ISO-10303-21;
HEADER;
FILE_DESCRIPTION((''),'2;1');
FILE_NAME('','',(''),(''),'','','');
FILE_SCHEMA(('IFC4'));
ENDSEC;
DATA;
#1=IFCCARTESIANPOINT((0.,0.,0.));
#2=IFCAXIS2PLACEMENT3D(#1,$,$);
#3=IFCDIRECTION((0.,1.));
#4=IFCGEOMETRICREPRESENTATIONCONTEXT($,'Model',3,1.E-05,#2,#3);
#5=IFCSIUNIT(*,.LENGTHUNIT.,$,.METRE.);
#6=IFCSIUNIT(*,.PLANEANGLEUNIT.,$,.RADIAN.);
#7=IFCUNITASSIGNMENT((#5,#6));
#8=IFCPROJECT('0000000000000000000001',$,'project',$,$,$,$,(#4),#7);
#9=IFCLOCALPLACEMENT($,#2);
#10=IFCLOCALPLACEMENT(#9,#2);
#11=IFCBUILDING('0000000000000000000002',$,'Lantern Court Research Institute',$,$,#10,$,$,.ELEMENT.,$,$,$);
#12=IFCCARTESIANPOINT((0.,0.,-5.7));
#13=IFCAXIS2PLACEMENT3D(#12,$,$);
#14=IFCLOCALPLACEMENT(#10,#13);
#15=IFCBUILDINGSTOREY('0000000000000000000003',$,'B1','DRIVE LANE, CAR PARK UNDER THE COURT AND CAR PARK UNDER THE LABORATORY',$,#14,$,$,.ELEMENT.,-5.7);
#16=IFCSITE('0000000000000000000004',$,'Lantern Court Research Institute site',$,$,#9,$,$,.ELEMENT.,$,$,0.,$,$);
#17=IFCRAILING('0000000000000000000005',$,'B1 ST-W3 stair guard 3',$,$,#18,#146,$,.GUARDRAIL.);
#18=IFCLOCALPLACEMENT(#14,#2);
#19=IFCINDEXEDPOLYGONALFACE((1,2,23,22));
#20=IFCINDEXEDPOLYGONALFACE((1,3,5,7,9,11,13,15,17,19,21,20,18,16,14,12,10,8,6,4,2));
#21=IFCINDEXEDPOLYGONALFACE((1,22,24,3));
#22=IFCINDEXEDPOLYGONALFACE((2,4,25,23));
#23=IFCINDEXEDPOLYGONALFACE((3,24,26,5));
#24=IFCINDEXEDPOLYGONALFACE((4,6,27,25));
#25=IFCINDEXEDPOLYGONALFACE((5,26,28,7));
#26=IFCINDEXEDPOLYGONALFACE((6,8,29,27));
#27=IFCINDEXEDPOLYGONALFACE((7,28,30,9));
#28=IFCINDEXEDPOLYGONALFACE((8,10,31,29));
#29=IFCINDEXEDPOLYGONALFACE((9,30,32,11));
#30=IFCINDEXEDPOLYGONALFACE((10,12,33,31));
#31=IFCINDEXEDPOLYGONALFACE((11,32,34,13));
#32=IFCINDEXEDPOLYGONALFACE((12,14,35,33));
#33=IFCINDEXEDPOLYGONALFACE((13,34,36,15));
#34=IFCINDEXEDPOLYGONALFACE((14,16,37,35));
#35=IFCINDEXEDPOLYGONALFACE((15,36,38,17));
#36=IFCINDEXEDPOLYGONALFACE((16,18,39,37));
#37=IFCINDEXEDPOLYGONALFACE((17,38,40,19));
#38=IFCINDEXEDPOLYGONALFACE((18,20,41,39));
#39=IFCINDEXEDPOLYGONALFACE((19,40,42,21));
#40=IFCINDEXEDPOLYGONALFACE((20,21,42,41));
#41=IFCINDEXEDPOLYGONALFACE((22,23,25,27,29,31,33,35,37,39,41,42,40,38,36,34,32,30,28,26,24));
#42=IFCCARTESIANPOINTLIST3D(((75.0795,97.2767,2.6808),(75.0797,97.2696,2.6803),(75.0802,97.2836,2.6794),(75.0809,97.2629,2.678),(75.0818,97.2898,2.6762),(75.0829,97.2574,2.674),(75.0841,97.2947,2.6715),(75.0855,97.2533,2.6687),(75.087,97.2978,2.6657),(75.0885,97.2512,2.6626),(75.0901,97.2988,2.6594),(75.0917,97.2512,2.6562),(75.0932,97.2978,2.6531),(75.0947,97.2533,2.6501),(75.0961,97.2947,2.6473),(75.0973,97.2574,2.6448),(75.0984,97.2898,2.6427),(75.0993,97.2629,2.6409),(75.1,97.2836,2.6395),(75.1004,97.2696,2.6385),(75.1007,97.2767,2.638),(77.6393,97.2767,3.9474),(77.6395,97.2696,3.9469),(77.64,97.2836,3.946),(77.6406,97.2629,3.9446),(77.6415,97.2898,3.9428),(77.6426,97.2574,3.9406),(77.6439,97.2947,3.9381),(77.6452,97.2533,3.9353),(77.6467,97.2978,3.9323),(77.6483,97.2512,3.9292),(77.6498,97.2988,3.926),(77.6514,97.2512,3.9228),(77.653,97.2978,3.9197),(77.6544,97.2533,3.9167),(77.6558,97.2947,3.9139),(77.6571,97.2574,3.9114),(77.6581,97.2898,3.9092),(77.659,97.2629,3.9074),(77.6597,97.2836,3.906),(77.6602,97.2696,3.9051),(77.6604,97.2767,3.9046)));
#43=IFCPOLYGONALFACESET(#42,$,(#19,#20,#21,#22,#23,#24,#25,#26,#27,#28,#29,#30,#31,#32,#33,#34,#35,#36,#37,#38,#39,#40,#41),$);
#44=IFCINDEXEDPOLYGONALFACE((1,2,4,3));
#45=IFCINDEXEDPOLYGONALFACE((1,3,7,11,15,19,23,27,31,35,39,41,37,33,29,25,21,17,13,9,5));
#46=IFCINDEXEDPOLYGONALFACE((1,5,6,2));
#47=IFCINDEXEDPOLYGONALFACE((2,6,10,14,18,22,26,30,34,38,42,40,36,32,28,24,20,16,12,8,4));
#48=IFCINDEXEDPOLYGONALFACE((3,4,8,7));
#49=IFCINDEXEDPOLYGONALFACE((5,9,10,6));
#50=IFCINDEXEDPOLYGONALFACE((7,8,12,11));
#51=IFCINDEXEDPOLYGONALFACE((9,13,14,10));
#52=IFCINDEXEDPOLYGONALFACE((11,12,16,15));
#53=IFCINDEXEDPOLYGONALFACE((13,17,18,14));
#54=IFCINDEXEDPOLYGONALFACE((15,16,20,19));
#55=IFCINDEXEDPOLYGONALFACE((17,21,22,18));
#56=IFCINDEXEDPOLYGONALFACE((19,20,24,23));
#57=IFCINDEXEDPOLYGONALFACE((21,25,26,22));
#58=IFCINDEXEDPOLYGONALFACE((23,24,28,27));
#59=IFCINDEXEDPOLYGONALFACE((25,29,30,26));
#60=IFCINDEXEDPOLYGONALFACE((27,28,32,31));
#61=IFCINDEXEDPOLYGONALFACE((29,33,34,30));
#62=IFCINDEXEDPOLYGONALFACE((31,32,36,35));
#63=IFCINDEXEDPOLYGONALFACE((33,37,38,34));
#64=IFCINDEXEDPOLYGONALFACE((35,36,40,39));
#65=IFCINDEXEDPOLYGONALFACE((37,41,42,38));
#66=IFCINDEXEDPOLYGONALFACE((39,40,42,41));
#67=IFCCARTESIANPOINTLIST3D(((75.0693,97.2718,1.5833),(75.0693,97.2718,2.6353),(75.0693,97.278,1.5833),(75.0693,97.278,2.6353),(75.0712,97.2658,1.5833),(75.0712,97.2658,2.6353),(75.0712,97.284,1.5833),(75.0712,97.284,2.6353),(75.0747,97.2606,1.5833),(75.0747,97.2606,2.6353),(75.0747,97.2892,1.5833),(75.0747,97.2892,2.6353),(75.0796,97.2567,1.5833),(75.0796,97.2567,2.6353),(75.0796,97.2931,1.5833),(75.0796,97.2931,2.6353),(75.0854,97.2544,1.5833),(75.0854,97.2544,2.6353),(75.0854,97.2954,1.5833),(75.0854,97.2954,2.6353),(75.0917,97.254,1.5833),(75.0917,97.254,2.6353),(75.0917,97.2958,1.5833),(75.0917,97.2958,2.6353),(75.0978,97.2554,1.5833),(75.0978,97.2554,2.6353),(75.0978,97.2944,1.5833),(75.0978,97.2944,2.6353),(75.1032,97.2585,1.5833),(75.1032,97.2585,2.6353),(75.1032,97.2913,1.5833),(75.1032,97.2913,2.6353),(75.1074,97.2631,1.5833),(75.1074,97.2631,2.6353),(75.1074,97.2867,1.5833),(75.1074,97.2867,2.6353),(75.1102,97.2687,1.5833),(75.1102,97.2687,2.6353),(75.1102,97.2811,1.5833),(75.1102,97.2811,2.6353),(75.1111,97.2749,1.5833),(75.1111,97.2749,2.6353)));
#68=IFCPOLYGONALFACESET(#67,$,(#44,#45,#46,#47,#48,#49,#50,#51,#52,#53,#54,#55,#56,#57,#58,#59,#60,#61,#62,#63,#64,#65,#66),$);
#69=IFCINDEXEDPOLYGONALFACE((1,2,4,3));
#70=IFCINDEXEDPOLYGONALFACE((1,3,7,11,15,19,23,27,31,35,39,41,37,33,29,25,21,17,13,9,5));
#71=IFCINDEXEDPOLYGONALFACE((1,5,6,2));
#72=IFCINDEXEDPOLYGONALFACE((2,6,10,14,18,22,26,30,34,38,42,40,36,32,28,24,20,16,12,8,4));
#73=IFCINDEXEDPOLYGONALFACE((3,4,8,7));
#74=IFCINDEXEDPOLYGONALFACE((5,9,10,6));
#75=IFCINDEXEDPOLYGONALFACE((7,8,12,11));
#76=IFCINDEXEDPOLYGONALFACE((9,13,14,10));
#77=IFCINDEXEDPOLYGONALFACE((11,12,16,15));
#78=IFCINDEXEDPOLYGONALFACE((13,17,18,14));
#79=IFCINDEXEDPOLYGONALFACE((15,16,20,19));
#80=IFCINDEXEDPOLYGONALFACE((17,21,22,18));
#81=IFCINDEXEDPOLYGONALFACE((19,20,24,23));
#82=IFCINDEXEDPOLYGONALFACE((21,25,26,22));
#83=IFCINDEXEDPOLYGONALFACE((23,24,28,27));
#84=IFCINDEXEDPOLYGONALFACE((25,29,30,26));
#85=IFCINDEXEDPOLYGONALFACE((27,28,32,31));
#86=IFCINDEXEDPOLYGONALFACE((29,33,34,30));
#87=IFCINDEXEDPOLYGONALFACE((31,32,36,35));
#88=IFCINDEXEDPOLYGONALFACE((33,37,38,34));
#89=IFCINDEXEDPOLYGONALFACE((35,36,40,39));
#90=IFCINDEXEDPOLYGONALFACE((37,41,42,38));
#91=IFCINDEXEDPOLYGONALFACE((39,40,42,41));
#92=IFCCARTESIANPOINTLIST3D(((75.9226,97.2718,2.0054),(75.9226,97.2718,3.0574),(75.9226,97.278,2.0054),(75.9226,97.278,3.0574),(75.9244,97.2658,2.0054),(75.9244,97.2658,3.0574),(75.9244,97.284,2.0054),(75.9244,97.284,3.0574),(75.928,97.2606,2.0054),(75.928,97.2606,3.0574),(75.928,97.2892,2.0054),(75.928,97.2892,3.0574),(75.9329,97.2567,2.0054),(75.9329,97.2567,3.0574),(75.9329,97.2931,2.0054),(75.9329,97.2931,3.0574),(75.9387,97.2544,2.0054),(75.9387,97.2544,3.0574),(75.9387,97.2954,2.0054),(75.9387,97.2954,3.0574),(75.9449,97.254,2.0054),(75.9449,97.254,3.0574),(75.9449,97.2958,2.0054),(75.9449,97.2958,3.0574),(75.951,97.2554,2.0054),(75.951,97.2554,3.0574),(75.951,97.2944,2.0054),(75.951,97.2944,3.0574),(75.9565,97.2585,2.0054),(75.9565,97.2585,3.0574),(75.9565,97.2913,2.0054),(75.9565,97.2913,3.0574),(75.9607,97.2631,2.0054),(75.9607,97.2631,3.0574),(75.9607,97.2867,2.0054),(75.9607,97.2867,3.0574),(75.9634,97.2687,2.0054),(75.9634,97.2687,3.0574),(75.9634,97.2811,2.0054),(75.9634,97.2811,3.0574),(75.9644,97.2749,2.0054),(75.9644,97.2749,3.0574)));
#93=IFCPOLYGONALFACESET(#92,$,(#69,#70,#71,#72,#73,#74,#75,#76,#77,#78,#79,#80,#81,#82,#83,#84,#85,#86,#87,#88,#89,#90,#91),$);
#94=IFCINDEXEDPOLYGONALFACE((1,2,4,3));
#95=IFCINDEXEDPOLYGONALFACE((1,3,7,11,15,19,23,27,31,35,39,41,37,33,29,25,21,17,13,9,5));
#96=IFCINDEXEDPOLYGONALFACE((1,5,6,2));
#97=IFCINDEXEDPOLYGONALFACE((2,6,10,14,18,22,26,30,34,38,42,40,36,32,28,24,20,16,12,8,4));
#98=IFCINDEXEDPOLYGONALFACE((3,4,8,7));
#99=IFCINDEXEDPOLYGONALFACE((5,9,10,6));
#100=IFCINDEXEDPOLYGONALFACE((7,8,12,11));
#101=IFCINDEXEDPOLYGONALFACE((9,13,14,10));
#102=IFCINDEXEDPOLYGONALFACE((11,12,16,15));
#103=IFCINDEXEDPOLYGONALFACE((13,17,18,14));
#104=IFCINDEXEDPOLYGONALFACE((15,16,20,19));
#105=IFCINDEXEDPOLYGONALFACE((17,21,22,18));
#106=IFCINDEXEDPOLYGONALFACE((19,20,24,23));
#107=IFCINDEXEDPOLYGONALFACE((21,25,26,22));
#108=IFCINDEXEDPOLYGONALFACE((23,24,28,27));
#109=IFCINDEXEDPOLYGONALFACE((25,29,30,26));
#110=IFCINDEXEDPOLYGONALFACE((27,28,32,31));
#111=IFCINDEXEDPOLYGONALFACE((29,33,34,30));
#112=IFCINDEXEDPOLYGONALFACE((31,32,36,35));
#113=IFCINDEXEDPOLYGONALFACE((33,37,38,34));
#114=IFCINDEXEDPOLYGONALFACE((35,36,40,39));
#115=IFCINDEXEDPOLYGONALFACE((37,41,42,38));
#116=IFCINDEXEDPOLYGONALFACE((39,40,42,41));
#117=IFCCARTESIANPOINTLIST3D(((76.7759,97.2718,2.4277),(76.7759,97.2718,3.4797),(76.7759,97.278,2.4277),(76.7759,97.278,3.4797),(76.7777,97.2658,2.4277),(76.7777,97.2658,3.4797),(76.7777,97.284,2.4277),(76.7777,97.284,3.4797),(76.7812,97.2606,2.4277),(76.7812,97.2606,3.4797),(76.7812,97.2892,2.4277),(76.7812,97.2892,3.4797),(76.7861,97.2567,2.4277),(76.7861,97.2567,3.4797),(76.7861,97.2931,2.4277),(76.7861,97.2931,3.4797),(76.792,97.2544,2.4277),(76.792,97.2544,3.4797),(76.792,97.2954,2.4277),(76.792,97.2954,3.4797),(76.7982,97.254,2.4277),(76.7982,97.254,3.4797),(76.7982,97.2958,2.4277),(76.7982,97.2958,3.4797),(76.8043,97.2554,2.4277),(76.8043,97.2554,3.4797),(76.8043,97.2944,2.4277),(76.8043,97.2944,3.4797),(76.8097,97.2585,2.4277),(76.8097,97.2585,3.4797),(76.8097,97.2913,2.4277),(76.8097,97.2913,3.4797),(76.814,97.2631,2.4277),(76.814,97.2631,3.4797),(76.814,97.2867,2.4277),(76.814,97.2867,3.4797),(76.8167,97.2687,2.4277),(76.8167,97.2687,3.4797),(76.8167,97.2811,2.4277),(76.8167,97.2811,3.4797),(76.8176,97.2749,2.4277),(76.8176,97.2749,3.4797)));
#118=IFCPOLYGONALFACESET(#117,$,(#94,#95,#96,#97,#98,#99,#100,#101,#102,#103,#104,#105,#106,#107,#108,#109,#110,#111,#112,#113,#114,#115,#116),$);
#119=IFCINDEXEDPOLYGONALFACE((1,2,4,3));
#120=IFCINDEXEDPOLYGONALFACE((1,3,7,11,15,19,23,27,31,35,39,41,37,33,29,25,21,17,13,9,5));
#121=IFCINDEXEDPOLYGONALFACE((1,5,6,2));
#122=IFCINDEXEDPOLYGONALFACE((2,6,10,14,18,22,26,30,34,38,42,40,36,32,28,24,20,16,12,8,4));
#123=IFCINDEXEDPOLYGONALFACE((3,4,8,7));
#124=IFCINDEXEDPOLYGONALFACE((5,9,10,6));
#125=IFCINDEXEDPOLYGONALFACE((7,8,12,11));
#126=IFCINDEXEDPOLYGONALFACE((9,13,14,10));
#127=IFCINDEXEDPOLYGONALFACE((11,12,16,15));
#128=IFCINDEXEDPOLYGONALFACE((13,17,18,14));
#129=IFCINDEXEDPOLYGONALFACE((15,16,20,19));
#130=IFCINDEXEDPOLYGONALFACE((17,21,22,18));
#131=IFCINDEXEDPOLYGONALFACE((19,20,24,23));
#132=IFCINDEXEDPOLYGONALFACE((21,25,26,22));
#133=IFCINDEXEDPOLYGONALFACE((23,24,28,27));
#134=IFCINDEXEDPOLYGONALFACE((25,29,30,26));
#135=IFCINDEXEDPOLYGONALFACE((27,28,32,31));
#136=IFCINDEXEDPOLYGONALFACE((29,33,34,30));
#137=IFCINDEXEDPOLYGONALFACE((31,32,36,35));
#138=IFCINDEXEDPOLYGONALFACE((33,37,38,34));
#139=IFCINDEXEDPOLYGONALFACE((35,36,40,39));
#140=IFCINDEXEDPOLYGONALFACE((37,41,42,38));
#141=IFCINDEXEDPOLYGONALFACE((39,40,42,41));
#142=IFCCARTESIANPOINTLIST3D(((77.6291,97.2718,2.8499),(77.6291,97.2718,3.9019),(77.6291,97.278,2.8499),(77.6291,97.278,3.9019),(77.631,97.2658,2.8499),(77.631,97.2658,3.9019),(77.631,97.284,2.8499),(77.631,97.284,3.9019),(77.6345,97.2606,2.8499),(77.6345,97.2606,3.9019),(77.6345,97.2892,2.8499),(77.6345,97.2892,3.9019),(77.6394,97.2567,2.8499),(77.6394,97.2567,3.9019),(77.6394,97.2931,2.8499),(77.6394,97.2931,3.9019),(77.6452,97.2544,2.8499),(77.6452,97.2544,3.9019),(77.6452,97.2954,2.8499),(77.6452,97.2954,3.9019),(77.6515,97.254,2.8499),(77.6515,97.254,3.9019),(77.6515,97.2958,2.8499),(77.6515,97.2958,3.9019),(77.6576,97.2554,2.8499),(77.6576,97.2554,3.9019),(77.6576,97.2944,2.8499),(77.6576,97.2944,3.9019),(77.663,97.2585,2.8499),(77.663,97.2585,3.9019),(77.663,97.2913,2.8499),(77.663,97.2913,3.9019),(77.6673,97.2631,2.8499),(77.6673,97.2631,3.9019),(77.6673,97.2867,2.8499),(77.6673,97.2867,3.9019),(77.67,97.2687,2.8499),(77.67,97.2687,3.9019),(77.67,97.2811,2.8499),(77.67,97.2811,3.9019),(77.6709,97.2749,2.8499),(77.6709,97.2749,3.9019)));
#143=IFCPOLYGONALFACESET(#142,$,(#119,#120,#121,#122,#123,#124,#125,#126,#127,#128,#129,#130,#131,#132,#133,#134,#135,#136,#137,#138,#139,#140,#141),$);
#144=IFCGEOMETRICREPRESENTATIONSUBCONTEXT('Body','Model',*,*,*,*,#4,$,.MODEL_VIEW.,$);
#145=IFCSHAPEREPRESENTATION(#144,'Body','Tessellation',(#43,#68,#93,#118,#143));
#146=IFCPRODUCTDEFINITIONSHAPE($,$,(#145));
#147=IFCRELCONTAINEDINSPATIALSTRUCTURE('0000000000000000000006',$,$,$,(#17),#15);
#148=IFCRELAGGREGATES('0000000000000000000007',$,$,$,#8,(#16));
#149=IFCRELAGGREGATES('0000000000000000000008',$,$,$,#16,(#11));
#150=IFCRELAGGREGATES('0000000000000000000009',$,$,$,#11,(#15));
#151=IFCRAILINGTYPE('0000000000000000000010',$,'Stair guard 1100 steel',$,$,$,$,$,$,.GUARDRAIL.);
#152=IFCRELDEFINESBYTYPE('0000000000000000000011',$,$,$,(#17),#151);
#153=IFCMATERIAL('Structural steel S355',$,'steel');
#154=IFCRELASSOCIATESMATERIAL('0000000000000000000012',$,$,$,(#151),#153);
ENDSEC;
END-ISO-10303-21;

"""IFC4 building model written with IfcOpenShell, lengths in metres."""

from ifc_helpers import new_model, si_unit, direction, frame, origin, origin_2d, place, context, subcontext, project, spatial, circle, extrude, material, type_object, element, save


model = new_model("IFC4")

# Units and contexts
model_context = context("Model", 3, precision=1e-05, world=origin(), true_north=direction((0.0, 1.0)))
body_context = subcontext(model_context, "Body", "Model", "MODEL_VIEW")
ifc_project = project(units=[si_unit("LENGTHUNIT", "METRE"), si_unit("PLANEANGLEUNIT", "RADIAN")], contexts=[model_context])

# Site, building, storey
site_placement = place(None, origin())
site = spatial("IfcSite", under=ifc_project, at=site_placement, Name="Lantern Court Research Institute site", CompositionType="ELEMENT", RefElevation=0.0)
building_placement = place(site_placement, origin())
building = spatial("IfcBuilding", under=site, at=building_placement, Name="Lantern Court Research Institute", CompositionType="ELEMENT")
storey_placement = place(building_placement, frame((0.0, 0.0, -5.7)))
storey = spatial("IfcBuildingStorey", under=building, at=storey_placement, Name="B1", Description="DRIVE LANE, CAR PARK UNDER THE COURT AND CAR PARK UNDER THE LABORATORY", CompositionType="ELEMENT", Elevation=-5.7)

# Railing
ifc_material_1 = material(Name="Structural steel S355", Category="steel")
railing_type_1 = type_object("IfcRailingType", Name="Stair guard 1100 steel", PredefinedType="GUARDRAIL", material=ifc_material_1)
railing_1_placement = place(storey_placement, frame((75.0901, 97.2749, 1.5833)))
element("IfcRailing", 1, at=railing_1_placement, inside=storey, type_object=railing_type_1, Name="B1 ST-W3 stair guard 3", PredefinedType="GUARDRAIL", context=body_context, shape_type="SweptSolid", body=[
    extrude(circle(Radius=0.0239, at=origin_2d()), frame((0.0, 0.0, 1.0762), z_axis=(0.896283, 0.0, 0.443483), x_axis=(0.0, 1.0, 0.0)), (0.0, 0.0, 1.0), 2.856),
    extrude(circle(Radius=0.021, at=origin_2d()), origin(), (0.0, 0.0, 1.0), 1.052),
    extrude(circle(Radius=0.021, at=origin_2d()), frame((0.8533, 0.0, 0.4221)), (0.0, 0.0, 1.0), 1.052),
    extrude(circle(Radius=0.021, at=origin_2d()), frame((1.7065, 0.0, 0.8445)), (0.0, 0.0, 1.0), 1.052),
    extrude(circle(Radius=0.021, at=origin_2d()), frame((2.5598, 0.0, 1.2666)), (0.0, 0.0, 1.0), 1.052),
])

save(model, "model.ifc")
